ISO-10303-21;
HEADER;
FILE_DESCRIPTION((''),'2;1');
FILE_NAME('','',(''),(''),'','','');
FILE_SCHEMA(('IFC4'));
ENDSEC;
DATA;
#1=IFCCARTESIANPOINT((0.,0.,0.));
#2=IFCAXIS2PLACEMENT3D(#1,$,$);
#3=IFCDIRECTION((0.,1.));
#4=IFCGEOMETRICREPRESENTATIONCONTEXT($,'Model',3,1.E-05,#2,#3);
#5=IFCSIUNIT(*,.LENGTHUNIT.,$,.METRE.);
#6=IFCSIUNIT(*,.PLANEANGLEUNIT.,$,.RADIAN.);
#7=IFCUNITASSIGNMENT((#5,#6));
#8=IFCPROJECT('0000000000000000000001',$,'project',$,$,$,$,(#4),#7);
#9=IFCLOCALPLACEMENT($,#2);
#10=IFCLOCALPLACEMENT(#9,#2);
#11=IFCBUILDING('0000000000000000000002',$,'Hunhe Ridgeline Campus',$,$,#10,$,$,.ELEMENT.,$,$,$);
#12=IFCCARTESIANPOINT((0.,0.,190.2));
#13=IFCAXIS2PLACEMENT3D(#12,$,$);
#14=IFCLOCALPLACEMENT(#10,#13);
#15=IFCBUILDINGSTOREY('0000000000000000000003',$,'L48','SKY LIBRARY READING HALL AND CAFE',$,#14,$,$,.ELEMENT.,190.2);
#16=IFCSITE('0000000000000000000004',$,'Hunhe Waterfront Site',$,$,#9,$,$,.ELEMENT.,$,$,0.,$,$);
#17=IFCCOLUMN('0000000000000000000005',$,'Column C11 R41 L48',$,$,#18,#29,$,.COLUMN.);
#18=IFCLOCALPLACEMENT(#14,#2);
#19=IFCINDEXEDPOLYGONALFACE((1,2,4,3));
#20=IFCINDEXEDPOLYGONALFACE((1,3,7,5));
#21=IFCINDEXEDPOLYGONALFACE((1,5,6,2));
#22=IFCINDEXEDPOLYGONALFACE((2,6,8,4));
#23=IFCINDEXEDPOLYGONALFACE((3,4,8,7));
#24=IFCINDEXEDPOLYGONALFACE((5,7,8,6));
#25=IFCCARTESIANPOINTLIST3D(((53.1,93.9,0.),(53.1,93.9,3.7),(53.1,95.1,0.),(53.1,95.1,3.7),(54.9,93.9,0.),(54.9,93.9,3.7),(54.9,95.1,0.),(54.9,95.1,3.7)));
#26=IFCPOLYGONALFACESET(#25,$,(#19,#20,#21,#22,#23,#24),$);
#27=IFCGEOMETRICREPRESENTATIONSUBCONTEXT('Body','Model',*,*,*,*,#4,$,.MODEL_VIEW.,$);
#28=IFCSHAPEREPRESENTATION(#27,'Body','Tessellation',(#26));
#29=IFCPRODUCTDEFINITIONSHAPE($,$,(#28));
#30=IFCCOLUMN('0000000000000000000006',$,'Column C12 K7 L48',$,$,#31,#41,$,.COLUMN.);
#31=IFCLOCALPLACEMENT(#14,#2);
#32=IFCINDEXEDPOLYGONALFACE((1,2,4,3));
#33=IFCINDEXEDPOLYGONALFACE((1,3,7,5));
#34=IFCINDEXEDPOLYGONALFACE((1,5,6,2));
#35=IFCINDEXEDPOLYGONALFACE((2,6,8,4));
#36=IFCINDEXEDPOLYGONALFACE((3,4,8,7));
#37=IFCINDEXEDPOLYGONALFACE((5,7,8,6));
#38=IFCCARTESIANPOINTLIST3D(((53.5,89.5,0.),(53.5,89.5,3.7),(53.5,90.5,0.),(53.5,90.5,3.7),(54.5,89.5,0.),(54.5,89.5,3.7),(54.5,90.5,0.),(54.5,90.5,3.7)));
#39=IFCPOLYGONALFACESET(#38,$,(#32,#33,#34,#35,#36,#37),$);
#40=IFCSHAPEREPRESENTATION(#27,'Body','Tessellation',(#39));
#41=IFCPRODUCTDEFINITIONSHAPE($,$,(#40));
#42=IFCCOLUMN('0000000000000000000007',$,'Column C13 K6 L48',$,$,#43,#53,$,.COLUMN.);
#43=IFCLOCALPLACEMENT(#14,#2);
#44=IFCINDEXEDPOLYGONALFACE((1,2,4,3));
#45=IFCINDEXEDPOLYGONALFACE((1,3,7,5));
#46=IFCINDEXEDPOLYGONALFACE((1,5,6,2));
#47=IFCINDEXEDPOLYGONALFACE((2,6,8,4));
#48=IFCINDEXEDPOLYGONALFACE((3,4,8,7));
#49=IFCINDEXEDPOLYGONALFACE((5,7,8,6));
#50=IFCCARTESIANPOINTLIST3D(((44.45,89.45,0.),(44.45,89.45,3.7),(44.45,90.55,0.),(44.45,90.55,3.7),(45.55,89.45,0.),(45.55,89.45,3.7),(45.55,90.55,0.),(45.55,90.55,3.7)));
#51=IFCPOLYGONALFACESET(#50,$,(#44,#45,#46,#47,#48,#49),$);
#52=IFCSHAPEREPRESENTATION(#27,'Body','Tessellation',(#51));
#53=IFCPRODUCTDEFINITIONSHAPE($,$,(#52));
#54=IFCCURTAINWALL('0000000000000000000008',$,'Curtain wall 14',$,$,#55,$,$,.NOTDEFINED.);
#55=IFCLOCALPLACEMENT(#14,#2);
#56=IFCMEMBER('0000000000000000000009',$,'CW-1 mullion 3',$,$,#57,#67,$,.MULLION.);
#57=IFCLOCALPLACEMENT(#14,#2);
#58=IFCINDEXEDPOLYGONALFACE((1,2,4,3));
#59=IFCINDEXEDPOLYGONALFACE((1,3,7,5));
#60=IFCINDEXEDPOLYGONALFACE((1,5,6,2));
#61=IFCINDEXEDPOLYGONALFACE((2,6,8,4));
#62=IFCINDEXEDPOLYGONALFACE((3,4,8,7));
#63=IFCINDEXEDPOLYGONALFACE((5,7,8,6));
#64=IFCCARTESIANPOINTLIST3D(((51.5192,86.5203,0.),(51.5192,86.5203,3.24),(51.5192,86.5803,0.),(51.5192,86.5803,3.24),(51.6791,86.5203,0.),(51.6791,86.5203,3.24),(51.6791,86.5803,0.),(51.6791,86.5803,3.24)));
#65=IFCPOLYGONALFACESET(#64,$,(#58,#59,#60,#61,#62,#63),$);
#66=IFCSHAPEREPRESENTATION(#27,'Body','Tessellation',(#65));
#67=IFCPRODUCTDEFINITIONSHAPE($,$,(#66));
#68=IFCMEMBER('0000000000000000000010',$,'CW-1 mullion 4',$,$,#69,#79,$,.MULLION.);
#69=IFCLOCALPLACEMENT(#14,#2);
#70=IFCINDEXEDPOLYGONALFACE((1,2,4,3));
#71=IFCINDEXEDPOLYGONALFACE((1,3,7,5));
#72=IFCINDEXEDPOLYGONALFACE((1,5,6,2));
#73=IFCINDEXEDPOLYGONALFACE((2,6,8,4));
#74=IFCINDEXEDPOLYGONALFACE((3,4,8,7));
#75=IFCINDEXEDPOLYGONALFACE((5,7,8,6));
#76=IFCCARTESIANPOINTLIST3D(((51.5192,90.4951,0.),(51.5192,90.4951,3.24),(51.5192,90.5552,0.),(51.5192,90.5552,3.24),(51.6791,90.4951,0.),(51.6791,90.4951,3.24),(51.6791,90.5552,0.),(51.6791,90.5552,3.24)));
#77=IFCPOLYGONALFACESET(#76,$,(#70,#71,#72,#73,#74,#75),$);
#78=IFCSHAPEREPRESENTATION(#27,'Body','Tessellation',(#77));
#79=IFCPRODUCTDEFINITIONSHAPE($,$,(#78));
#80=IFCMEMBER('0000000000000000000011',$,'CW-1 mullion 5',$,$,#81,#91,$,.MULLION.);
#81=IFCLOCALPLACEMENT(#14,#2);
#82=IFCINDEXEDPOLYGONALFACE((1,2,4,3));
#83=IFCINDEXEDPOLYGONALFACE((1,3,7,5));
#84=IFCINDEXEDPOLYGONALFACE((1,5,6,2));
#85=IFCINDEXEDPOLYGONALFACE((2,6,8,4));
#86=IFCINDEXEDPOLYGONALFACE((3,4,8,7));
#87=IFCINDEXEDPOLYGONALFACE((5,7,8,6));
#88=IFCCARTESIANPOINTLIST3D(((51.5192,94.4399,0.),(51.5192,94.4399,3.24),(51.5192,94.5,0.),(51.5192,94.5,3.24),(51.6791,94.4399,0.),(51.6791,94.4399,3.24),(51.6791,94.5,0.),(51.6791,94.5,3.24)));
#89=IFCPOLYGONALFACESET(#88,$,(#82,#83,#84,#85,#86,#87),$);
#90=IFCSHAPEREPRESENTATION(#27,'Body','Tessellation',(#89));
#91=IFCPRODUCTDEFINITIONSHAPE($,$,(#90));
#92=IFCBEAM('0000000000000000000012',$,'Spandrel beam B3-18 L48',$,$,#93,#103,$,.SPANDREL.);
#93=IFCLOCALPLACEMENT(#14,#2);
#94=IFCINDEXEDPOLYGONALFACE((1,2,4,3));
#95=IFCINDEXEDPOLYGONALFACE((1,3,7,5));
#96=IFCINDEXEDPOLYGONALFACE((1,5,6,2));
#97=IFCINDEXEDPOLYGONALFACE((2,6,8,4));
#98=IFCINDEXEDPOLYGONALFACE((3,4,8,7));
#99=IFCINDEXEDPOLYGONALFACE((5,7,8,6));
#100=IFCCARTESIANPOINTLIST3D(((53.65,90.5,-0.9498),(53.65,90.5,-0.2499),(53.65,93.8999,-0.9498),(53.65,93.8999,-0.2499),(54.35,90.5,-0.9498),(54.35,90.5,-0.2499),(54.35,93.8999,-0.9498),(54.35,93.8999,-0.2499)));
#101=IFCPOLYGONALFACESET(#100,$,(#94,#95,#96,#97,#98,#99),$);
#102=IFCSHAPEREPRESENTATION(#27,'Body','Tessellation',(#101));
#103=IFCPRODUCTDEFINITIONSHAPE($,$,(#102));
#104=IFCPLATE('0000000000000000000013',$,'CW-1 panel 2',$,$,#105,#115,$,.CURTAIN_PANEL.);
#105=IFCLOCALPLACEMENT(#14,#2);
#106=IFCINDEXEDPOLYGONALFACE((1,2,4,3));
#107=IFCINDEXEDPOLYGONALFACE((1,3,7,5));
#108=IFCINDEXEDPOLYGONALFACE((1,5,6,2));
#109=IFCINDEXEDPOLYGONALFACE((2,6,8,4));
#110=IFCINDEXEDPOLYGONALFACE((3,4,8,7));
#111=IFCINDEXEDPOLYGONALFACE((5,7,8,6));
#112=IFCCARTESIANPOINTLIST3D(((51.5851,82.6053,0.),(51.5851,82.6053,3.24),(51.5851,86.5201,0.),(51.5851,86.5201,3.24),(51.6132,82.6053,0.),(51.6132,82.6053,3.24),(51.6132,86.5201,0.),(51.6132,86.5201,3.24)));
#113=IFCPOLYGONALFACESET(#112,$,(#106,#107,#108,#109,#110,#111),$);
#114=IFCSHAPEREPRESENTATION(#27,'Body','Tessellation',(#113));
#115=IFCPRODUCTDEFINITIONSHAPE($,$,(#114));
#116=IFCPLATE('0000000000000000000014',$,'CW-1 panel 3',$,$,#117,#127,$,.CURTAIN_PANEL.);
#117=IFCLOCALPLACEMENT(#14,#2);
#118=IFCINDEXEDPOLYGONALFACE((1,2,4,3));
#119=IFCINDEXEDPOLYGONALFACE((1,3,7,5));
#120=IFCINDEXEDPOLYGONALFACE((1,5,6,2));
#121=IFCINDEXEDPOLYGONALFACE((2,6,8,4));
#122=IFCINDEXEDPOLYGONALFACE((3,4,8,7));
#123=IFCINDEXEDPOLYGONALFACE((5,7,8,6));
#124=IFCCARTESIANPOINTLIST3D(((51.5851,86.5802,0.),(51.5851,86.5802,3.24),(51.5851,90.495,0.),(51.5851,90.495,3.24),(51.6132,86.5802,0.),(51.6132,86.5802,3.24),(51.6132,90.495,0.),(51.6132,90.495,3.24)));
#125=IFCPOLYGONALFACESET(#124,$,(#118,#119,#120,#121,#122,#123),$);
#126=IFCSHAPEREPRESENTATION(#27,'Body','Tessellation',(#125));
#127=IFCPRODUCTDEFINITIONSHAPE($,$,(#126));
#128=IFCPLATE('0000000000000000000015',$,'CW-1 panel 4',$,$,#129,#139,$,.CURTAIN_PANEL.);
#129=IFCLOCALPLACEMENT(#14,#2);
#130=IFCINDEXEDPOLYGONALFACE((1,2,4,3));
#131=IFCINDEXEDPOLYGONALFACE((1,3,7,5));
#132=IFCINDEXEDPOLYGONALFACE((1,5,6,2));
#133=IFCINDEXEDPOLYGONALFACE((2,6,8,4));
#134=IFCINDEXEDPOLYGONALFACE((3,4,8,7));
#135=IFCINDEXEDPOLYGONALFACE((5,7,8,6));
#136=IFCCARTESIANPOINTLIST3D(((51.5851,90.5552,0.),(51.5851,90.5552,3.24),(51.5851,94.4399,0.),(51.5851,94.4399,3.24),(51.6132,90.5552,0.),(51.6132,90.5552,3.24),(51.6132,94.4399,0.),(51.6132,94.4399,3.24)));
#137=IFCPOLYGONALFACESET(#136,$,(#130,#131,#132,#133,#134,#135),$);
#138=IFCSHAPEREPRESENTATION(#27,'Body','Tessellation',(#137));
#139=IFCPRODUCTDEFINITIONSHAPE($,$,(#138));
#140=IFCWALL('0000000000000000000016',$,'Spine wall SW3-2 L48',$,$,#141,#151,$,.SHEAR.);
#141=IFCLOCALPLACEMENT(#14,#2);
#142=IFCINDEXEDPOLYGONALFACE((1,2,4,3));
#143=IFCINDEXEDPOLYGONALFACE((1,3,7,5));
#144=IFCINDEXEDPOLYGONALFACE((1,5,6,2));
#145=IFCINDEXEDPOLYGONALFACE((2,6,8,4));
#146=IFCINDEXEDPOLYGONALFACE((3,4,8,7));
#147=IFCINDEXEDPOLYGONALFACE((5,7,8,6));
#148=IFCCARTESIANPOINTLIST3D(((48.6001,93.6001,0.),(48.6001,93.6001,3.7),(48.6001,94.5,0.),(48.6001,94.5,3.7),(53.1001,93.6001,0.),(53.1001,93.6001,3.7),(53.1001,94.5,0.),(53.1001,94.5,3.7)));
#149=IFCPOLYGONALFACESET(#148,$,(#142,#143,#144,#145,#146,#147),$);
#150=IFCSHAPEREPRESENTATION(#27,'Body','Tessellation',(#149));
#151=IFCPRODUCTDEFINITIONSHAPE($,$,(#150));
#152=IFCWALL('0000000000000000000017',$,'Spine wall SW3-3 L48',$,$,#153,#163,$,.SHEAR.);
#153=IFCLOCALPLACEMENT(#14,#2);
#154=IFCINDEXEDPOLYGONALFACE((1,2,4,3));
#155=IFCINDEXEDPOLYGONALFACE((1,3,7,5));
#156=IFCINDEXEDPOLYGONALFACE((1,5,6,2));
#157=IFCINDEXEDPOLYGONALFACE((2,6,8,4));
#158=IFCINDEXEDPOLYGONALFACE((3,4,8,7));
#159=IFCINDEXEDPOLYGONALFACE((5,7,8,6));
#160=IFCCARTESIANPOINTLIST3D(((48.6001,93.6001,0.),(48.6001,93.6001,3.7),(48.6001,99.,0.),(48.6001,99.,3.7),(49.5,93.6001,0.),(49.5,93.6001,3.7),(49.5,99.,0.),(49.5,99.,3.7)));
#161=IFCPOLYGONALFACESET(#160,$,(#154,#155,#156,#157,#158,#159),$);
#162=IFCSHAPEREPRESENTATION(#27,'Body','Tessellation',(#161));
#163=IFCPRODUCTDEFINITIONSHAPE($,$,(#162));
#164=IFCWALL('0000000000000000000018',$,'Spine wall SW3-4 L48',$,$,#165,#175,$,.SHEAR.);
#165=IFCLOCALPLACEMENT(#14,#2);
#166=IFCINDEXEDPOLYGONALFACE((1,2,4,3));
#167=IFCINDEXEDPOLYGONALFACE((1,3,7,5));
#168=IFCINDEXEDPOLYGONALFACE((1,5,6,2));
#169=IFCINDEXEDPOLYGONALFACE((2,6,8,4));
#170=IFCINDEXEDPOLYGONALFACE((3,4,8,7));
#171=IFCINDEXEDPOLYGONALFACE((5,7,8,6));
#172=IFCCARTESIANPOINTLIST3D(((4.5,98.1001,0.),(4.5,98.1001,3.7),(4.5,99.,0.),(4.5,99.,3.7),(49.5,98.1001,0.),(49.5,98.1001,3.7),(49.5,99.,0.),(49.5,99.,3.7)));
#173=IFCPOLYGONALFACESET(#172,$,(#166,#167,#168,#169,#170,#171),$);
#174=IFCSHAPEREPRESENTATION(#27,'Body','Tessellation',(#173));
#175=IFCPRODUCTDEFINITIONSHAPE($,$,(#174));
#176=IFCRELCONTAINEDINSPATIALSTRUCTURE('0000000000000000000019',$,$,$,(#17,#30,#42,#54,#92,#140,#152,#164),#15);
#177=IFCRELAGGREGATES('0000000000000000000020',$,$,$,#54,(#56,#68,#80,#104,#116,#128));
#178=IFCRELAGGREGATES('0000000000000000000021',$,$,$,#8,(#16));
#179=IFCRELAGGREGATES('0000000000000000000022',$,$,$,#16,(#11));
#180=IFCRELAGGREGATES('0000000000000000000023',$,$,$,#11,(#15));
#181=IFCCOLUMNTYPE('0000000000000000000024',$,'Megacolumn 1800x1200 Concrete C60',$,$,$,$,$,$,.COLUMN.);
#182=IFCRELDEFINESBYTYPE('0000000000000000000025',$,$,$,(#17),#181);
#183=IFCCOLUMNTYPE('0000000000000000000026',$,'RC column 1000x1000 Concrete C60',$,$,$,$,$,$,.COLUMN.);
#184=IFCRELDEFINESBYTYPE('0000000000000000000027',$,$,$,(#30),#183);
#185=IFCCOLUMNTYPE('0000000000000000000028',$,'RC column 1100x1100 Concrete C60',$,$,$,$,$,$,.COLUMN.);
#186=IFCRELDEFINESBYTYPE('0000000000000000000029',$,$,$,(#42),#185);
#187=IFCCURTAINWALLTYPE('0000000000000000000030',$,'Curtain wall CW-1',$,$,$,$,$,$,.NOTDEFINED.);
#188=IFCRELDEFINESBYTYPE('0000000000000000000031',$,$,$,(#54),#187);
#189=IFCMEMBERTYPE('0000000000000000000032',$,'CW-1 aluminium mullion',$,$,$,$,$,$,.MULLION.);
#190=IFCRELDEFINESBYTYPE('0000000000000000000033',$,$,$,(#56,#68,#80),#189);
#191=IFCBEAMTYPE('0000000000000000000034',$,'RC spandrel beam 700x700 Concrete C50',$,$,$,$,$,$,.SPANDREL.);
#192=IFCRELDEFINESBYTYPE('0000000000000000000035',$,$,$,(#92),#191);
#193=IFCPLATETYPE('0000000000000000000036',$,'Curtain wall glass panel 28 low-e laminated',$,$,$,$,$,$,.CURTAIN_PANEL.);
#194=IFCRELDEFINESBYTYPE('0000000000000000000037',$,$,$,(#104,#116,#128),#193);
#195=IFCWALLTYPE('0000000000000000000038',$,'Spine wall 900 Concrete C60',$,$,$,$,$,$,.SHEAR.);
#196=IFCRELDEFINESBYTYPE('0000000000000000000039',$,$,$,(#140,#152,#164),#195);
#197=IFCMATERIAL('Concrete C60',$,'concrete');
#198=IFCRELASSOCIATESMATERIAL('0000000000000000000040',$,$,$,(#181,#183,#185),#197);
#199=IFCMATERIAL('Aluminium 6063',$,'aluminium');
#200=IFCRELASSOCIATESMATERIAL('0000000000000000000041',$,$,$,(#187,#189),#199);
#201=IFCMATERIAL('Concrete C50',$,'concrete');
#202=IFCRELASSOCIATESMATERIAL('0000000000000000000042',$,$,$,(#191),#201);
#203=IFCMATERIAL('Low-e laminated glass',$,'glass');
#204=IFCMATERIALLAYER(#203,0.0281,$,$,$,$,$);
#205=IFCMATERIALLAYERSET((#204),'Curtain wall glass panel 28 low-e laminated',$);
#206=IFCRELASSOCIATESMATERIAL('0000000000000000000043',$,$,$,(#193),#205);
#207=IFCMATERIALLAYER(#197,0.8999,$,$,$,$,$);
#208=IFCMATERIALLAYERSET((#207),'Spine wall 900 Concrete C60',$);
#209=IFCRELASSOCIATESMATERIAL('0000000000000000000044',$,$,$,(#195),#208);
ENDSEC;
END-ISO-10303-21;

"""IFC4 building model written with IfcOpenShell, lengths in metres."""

from ifc_helpers import new_model, si_unit, direction, frame, frame_2d, origin, origin_2d, place, context, subcontext, project, spatial, rectangle, extrude, material, layer, layer_set, material_profile, profile_set, type_object, element, aggregate, save


model = new_model("IFC4")

# Units and contexts
model_context = context("Model", 3, precision=1e-05, world=origin(), true_north=direction((0.0, 1.0)))
body_context = subcontext(model_context, "Body", "Model", "MODEL_VIEW")
ifc_project = project(units=[si_unit("LENGTHUNIT", "METRE"), si_unit("PLANEANGLEUNIT", "RADIAN")], contexts=[model_context])

# Site, building, storey
site_placement = place(None, origin())
site = spatial("IfcSite", under=ifc_project, at=site_placement, Name="Hunhe Waterfront Site", CompositionType="ELEMENT", RefElevation=0.0)
building_placement = place(site_placement, origin())
building = spatial("IfcBuilding", under=site, at=building_placement, Name="Hunhe Ridgeline Campus", CompositionType="ELEMENT")
storey_placement = place(building_placement, frame((0.0, 0.0, 190.2)))
storey = spatial("IfcBuildingStorey", under=building, at=storey_placement, Name="L48", Description="SKY LIBRARY READING HALL AND CAFE", CompositionType="ELEMENT", Elevation=190.2)

# Columns
ifc_material_1 = material(Name="Concrete C60", Category="concrete")
ifc_material_profile_1 = material_profile(ifc_material_1, rectangle(XDim=1.8, YDim=1.2, at=origin_2d()))
ifc_profile_set_1 = profile_set([ifc_material_profile_1], Name="Concrete C60")
column_type_1 = type_object("IfcColumnType", Name="Megacolumn 1800x1200 Concrete C60", PredefinedType="COLUMN", material=ifc_profile_set_1)
column_1_placement = place(storey_placement, frame((54.0, 94.5, 0.0), z_axis=(0.0, 0.0, 1.0), x_axis=(1.0, 0.0, 0.0)))
element("IfcColumn", 1, at=column_1_placement, inside=storey, type_object=column_type_1, Name="Column C11 R41 L48", PredefinedType="COLUMN", context=body_context, shape_type="SweptSolid", body=[
    extrude(rectangle(XDim=1.8, YDim=1.2, at=origin_2d()), origin(), (0.0, 0.0, 1.0), 3.7),
])
ifc_material_profile_2 = material_profile(ifc_material_1, rectangle(XDim=1.0, YDim=1.0, at=origin_2d()))
ifc_profile_set_2 = profile_set([ifc_material_profile_2], Name="Concrete C60")
column_type_2 = type_object("IfcColumnType", Name="RC column 1000x1000 Concrete C60", PredefinedType="COLUMN", material=ifc_profile_set_2)
column_2_placement = place(storey_placement, frame((54.0, 90.0, 0.0), z_axis=(0.0, 0.0, 1.0), x_axis=(1.0, 0.0, 0.0)))
element("IfcColumn", 2, at=column_2_placement, inside=storey, type_object=column_type_2, Name="Column C12 K7 L48", PredefinedType="COLUMN", context=body_context, shape_type="SweptSolid", body=[
    extrude(rectangle(XDim=1.0, YDim=1.0, at=origin_2d()), origin(), (0.0, 0.0, 1.0), 3.7),
])
ifc_material_profile_3 = material_profile(ifc_material_1, rectangle(XDim=1.1001, YDim=1.1001, at=origin_2d()))
ifc_profile_set_3 = profile_set([ifc_material_profile_3], Name="Concrete C60")
column_type_3 = type_object("IfcColumnType", Name="RC column 1100x1100 Concrete C60", PredefinedType="COLUMN", material=ifc_profile_set_3)
column_3_placement = place(storey_placement, frame((45.0, 90.0, 0.0), z_axis=(0.0, 0.0, 1.0), x_axis=(1.0, 0.0, 0.0)))
element("IfcColumn", 3, at=column_3_placement, inside=storey, type_object=column_type_3, Name="Column C13 K6 L48", PredefinedType="COLUMN", context=body_context, shape_type="SweptSolid", body=[
    extrude(rectangle(XDim=1.1001, YDim=1.1001, at=origin_2d()), origin(), (0.0, 0.0, 1.0), 3.7),
])

# Curtain wall, members
ifc_material_2 = material(Name="Aluminium 6063", Category="aluminium")
curtain_wall_type = type_object("IfcCurtainWallType", Name="Curtain wall CW-1", PredefinedType="NOTDEFINED", material=ifc_material_2)
curtain_wall_placement = place(storey_placement, origin())
curtain_wall = element("IfcCurtainWall", 4, at=curtain_wall_placement, inside=storey, type_object=curtain_wall_type, Name="Curtain wall 14", PredefinedType="NOTDEFINED")
ifc_material_profile_4 = material_profile(ifc_material_2, rectangle(XDim=0.1599, YDim=0.0601, at=origin_2d()))
ifc_profile_set_4 = profile_set([ifc_material_profile_4], Name="Aluminium 6063")
member_type = type_object("IfcMemberType", Name="CW-1 aluminium mullion", PredefinedType="MULLION", material=ifc_profile_set_4)
member_1_placement = place(storey_placement, frame((51.5991, 86.5503, 0.0), z_axis=(0.0, 0.0, 1.0), x_axis=(-1.0, 0.0, 0.0)))
member_1 = element("IfcMember", 5, at=member_1_placement, type_object=member_type, Name="CW-1 mullion 3", PredefinedType="MULLION", context=body_context, shape_type="SweptSolid", body=[
    extrude(rectangle(XDim=0.1599, YDim=0.0601, at=origin_2d()), origin(), (0.0, 0.0, 1.0), 3.24),
])
member_2_placement = place(storey_placement, frame((51.5991, 90.5251, 0.0), z_axis=(0.0, 0.0, 1.0), x_axis=(-1.0, 0.0, 0.0)))
member_2 = element("IfcMember", 6, at=member_2_placement, type_object=member_type, Name="CW-1 mullion 4", PredefinedType="MULLION", context=body_context, shape_type="SweptSolid", body=[
    extrude(rectangle(XDim=0.1599, YDim=0.0601, at=origin_2d()), origin(), (0.0, 0.0, 1.0), 3.24),
])
member_3_placement = place(storey_placement, frame((51.5991, 94.47, 0.0), z_axis=(0.0, 0.0, 1.0), x_axis=(-1.0, 0.0, 0.0)))
member_3 = element("IfcMember", 7, at=member_3_placement, type_object=member_type, Name="CW-1 mullion 5", PredefinedType="MULLION", context=body_context, shape_type="SweptSolid", body=[
    extrude(rectangle(XDim=0.1599, YDim=0.0601, at=origin_2d()), origin(), (0.0, 0.0, 1.0), 3.24),
])

# Beam
ifc_material_3 = material(Name="Concrete C50", Category="concrete")
ifc_material_profile_5 = material_profile(ifc_material_3, rectangle(XDim=0.7, YDim=0.7, at=origin_2d()))
ifc_profile_set_5 = profile_set([ifc_material_profile_5], Name="Concrete C50")
beam_type = type_object("IfcBeamType", Name="RC spandrel beam 700x700 Concrete C50", PredefinedType="SPANDREL", material=ifc_profile_set_5)
beam_placement = place(storey_placement, frame((54.0, 90.5, -0.5999), z_axis=(0.0, 1.0, 0.0), x_axis=(-1.0, 0.0, 0.0)))
element("IfcBeam", 8, at=beam_placement, inside=storey, type_object=beam_type, Name="Spandrel beam B3-18 L48", PredefinedType="SPANDREL", context=body_context, shape_type="SweptSolid", body=[
    extrude(rectangle(XDim=0.7, YDim=0.7, at=origin_2d()), origin(), (0.0, 0.0, 1.0), 3.3999),
])

# Plates
ifc_material_4 = material(Name="Low-e laminated glass", Category="glass")
ifc_layer_1 = layer(ifc_material_4, 0.0281)
ifc_layer_set_1 = layer_set([ifc_layer_1], Name="Curtain wall glass panel 28 low-e laminated")
plate_type = type_object("IfcPlateType", Name="Curtain wall glass panel 28 low-e laminated", PredefinedType="CURTAIN_PANEL", material=ifc_layer_set_1)
plate_1_placement = place(storey_placement, frame((51.5991, 84.5627, 0.0), z_axis=(0.0, 0.0, 1.0), x_axis=(0.0, 1.0, 0.0)))
plate_1 = element("IfcPlate", 9, at=plate_1_placement, type_object=plate_type, Name="CW-1 panel 2", PredefinedType="CURTAIN_PANEL", context=body_context, shape_type="SweptSolid", body=[
    extrude(rectangle(XDim=3.9148, YDim=0.0281, at=origin_2d()), origin(), (0.0, 0.0, 1.0), 3.24),
])
plate_2_placement = place(storey_placement, frame((51.5991, 88.5376, 0.0), z_axis=(0.0, 0.0, 1.0), x_axis=(0.0, 1.0, 0.0)))
plate_2 = element("IfcPlate", 10, at=plate_2_placement, type_object=plate_type, Name="CW-1 panel 3", PredefinedType="CURTAIN_PANEL", context=body_context, shape_type="SweptSolid", body=[
    extrude(rectangle(XDim=3.9148, YDim=0.0281, at=origin_2d()), origin(), (0.0, 0.0, 1.0), 3.24),
])
plate_3_placement = place(storey_placement, frame((51.5991, 92.4976, 0.0), z_axis=(0.0, 0.0, 1.0), x_axis=(0.0, 1.0, 0.0)))
plate_3 = element("IfcPlate", 11, at=plate_3_placement, type_object=plate_type, Name="CW-1 panel 4", PredefinedType="CURTAIN_PANEL", context=body_context, shape_type="SweptSolid", body=[
    extrude(rectangle(XDim=3.8848, YDim=0.0281, at=origin_2d()), origin(), (0.0, 0.0, 1.0), 3.24),
])
aggregate(curtain_wall, [member_1, member_2, member_3, plate_1, plate_2, plate_3])

# Walls
ifc_layer_2 = layer(ifc_material_1, 0.8999)
ifc_layer_set_2 = layer_set([ifc_layer_2], Name="Spine wall 900 Concrete C60")
wall_type_1 = type_object("IfcWallType", Name="Spine wall 900 Concrete C60", PredefinedType="SHEAR", material=ifc_layer_set_2)
wall_1_placement = place(storey_placement, frame((53.1001, 94.05, 0.0), z_axis=(0.0, 0.0, 1.0), x_axis=(-1.0, 0.0, 0.0)))
element("IfcWall", 12, at=wall_1_placement, inside=storey, type_object=wall_type_1, Name="Spine wall SW3-2 L48", PredefinedType="SHEAR", context=body_context, shape_type="SweptSolid", body=[
    extrude(rectangle(XDim=4.5, YDim=0.8999, at=frame_2d((2.25, 0.0))), origin(), (0.0, 0.0, 1.0), 3.7),
])
wall_2_placement = place(storey_placement, frame((49.05, 93.6001, 0.0), z_axis=(0.0, 0.0, 1.0), x_axis=(0.0, 1.0, 0.0)))
element("IfcWall", 13, at=wall_2_placement, inside=storey, type_object=wall_type_1, Name="Spine wall SW3-3 L48", PredefinedType="SHEAR", context=body_context, shape_type="SweptSolid", body=[
    extrude(rectangle(XDim=5.3999, YDim=0.8999, at=frame_2d((2.7, 0.0))), origin(), (0.0, 0.0, 1.0), 3.7),
])
wall_3_placement = place(storey_placement, frame((49.5, 98.55, 0.0), z_axis=(0.0, 0.0, 1.0), x_axis=(-1.0, 0.0, 0.0)))
element("IfcWall", 14, at=wall_3_placement, inside=storey, type_object=wall_type_1, Name="Spine wall SW3-4 L48", PredefinedType="SHEAR", context=body_context, shape_type="SweptSolid", body=[
    extrude(rectangle(XDim=45.0, YDim=0.8999, at=frame_2d((22.5, 0.0))), origin(), (0.0, 0.0, 1.0), 3.7),
])

save(model, "model.ifc")
